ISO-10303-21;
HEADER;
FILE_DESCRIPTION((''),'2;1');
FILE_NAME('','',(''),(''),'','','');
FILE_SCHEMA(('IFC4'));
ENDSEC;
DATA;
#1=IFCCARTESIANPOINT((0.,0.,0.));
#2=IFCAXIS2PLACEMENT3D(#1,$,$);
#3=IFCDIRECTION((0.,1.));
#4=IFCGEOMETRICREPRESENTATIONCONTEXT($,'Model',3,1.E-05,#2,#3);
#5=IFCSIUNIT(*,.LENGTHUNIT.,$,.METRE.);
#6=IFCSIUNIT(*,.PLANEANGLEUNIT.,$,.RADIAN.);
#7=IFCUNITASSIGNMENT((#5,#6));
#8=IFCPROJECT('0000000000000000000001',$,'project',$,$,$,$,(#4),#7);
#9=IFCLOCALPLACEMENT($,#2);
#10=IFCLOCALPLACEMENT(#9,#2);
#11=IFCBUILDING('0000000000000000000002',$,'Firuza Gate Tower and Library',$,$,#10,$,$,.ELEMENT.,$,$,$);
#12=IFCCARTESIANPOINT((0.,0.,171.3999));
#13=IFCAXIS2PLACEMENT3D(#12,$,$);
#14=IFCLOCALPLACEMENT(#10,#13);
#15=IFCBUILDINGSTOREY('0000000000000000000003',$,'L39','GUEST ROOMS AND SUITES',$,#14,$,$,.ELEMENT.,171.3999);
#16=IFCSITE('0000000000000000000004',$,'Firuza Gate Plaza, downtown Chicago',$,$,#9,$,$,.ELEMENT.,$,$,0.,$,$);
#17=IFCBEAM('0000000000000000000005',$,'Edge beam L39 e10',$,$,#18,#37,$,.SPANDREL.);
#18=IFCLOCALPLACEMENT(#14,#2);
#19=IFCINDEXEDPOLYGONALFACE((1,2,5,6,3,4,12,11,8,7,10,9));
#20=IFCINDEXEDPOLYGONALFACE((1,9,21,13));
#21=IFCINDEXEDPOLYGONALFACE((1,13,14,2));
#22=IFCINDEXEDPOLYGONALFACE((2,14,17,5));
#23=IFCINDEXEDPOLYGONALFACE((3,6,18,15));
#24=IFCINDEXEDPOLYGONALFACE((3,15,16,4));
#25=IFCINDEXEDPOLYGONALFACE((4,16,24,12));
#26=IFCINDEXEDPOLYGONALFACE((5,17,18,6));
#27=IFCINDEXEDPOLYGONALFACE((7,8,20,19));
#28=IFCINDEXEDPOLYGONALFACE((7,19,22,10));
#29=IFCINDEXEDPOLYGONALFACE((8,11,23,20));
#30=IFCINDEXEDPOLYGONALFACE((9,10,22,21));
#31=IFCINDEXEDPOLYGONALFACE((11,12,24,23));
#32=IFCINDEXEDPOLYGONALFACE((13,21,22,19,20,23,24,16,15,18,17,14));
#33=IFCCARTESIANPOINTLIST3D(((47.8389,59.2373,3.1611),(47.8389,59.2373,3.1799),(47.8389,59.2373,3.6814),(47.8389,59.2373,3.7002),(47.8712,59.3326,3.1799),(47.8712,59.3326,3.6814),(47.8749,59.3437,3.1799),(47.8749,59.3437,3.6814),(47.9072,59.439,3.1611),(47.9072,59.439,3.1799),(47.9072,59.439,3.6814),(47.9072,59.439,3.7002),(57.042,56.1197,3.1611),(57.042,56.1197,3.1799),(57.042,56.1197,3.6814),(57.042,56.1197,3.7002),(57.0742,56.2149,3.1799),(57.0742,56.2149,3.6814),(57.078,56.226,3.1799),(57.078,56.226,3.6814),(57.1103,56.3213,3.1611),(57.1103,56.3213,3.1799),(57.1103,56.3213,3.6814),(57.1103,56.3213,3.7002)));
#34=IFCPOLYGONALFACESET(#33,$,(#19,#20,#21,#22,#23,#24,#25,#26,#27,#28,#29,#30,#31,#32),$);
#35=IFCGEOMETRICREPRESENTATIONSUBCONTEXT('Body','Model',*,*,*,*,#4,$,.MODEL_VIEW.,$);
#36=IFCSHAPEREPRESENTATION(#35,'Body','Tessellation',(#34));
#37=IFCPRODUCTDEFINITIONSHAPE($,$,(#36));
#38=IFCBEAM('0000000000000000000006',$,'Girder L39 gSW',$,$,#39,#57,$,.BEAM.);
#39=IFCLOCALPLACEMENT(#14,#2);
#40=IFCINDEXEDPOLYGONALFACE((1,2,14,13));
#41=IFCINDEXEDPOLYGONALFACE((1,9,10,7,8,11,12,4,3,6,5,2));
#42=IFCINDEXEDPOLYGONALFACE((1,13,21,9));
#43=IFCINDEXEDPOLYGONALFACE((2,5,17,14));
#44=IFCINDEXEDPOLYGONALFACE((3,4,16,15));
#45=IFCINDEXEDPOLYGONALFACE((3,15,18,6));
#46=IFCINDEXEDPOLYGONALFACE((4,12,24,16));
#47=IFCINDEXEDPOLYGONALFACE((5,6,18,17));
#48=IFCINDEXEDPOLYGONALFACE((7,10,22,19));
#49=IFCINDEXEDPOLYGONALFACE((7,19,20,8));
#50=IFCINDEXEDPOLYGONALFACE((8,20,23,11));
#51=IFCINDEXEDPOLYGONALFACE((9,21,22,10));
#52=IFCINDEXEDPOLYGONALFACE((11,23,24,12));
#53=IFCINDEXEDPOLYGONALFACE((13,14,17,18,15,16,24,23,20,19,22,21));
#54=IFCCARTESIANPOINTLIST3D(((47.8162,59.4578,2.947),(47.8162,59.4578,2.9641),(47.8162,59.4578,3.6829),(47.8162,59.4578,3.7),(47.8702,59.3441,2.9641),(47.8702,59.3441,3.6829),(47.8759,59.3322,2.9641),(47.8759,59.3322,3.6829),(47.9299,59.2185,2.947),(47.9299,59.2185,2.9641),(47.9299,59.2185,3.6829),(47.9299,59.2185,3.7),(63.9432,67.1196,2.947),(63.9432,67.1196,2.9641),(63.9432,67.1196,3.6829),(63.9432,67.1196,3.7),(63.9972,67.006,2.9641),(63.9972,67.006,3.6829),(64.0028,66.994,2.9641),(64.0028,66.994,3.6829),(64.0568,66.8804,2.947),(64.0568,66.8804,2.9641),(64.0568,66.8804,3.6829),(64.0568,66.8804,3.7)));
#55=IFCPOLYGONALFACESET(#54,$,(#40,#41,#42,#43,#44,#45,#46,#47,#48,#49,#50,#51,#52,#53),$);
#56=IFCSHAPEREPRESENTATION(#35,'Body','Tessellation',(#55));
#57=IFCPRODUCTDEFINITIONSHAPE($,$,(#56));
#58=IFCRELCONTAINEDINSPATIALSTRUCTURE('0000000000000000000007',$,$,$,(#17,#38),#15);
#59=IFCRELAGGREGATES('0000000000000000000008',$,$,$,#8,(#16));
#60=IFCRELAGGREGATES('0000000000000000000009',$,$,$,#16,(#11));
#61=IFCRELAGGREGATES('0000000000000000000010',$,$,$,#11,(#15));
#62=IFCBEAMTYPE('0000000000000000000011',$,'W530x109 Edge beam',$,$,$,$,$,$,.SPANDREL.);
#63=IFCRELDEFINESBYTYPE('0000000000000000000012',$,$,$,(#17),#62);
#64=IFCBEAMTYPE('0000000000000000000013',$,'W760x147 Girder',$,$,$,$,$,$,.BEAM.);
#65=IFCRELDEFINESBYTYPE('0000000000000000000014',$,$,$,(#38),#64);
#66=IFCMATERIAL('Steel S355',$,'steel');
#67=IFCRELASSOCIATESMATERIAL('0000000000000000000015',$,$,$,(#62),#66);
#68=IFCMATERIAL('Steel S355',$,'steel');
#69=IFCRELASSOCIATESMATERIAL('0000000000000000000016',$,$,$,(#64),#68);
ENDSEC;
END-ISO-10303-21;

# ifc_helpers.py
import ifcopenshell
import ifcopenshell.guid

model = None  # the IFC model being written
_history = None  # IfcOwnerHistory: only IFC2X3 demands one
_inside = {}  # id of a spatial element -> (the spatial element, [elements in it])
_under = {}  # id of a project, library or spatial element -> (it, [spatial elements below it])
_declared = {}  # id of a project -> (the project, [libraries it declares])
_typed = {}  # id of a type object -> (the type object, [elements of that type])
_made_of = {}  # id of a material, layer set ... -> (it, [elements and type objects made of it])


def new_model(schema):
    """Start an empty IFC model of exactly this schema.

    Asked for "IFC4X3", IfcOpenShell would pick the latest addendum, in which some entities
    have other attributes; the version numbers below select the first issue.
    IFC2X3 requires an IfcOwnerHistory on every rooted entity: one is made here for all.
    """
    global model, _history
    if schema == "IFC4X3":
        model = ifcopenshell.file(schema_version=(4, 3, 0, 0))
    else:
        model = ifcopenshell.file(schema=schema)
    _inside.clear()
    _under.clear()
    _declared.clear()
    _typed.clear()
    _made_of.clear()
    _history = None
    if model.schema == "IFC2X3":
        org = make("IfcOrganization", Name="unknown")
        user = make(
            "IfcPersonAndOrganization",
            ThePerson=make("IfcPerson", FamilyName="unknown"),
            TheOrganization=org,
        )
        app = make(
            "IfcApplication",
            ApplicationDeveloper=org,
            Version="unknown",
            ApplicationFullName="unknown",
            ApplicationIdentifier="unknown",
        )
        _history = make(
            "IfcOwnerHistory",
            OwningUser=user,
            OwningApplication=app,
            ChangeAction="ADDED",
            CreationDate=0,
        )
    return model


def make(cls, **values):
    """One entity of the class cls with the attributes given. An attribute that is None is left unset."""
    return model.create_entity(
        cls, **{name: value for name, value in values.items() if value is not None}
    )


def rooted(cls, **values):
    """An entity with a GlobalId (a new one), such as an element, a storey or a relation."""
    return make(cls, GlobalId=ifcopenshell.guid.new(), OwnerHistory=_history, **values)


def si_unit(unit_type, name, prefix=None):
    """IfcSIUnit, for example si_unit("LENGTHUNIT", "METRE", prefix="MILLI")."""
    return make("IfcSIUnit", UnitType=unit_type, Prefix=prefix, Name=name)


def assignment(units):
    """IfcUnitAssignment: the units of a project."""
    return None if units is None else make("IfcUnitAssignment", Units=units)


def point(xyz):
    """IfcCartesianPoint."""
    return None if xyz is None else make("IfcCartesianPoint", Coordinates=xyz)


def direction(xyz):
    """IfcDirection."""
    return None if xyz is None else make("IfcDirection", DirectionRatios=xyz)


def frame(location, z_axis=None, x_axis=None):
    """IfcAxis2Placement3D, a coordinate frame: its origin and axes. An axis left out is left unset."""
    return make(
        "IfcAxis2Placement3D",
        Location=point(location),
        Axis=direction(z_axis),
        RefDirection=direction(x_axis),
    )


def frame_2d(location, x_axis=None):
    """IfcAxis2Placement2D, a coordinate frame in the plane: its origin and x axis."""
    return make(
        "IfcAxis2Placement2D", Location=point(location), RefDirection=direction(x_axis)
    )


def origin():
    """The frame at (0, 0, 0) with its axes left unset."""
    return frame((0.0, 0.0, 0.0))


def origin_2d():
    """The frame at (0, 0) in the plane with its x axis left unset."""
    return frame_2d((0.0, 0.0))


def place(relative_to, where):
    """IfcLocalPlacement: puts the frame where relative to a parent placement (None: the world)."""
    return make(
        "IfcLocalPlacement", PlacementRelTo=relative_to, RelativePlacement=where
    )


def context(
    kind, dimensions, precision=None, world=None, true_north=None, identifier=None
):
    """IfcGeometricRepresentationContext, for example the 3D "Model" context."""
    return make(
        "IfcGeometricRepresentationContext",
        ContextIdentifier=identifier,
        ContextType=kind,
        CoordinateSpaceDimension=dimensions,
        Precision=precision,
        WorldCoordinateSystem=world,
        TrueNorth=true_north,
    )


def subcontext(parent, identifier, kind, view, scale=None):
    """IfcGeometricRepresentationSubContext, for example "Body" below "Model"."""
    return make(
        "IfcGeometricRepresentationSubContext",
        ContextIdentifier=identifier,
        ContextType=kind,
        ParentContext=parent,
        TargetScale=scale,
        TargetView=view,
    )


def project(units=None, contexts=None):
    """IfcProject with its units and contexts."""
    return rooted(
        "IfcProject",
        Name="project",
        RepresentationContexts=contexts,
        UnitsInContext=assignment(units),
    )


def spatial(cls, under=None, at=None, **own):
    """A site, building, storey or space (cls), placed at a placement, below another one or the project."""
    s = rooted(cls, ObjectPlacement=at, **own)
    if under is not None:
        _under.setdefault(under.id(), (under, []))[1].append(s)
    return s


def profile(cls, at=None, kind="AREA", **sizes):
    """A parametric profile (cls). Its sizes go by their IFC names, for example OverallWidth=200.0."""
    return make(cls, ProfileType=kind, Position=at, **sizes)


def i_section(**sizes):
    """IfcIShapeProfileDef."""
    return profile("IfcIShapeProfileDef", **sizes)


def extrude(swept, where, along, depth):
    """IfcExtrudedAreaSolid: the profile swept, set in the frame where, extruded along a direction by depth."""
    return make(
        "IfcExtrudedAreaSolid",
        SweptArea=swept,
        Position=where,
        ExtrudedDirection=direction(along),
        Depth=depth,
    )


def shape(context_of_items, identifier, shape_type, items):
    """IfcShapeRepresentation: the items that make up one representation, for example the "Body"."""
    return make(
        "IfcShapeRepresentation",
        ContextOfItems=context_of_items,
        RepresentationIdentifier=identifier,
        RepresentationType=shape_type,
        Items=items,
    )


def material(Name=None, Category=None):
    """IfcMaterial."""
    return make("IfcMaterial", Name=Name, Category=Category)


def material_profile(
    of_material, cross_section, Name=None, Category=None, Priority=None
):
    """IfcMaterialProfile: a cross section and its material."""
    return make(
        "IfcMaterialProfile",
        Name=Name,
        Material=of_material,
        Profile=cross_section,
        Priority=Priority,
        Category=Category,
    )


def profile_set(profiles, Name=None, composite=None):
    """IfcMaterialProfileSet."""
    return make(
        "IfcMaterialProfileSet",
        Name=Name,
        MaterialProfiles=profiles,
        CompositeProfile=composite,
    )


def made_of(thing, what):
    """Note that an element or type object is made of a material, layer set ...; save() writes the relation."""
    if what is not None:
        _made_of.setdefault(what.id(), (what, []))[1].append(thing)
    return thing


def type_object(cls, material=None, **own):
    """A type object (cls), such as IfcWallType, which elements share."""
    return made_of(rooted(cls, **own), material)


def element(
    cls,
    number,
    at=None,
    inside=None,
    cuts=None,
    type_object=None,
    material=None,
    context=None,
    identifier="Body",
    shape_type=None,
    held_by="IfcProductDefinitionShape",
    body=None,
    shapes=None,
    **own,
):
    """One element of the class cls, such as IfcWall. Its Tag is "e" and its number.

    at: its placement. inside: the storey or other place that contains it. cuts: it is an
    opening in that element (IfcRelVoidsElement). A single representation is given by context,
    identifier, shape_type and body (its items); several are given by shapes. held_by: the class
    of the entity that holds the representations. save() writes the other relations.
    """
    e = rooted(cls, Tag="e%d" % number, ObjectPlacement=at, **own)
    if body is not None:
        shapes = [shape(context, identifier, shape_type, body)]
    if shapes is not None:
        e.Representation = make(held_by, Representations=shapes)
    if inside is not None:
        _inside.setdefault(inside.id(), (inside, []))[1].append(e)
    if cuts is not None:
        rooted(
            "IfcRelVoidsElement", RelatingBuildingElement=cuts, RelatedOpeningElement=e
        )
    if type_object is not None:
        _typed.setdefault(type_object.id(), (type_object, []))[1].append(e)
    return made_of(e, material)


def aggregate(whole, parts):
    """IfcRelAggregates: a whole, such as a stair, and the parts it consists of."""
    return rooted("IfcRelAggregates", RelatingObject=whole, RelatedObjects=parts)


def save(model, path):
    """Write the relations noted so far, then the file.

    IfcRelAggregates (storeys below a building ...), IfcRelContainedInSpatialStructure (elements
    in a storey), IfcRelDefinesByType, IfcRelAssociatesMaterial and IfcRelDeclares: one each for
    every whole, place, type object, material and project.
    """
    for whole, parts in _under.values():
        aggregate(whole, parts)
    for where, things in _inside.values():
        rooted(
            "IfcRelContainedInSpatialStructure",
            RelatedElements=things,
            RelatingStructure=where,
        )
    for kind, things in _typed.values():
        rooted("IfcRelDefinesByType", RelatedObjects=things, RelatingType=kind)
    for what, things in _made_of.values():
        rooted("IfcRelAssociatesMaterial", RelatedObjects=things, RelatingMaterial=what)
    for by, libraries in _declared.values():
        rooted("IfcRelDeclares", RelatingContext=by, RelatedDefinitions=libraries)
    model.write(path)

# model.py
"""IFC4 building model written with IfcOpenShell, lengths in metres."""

from ifc_helpers import new_model, si_unit, direction, frame, origin, origin_2d, place, context, subcontext, project, spatial, i_section, extrude, material, material_profile, profile_set, type_object, element, save


model = new_model("IFC4")

# Units and contexts
model_context = context("Model", 3, precision=1e-05, world=origin(), true_north=direction((0.0, 1.0)))
body_context = subcontext(model_context, "Body", "Model", "MODEL_VIEW")
ifc_project = project(units=[si_unit("LENGTHUNIT", "METRE"), si_unit("PLANEANGLEUNIT", "RADIAN")], contexts=[model_context])

# Site, building, storey
site_placement = place(None, origin())
site = spatial("IfcSite", under=ifc_project, at=site_placement, Name="Firuza Gate Plaza, downtown Chicago", CompositionType="ELEMENT", RefElevation=0.0)
building_placement = place(site_placement, origin())
building = spatial("IfcBuilding", under=site, at=building_placement, Name="Firuza Gate Tower and Library", CompositionType="ELEMENT")
storey_placement = place(building_placement, frame((0.0, 0.0, 171.3999)))
storey = spatial("IfcBuildingStorey", under=building, at=storey_placement, Name="L39", Description="GUEST ROOMS AND SUITES", CompositionType="ELEMENT", Elevation=171.3999)

# Beams
ifc_material_1 = material(Name="Steel S355", Category="steel")
ifc_material_profile_1 = material_profile(ifc_material_1, i_section(OverallWidth=0.2129, OverallDepth=0.5391, WebThickness=0.0117, FlangeThickness=0.0188, at=origin_2d()))
ifc_profile_set_1 = profile_set([ifc_material_profile_1], Name="Steel S355")
beam_type_1 = type_object("IfcBeamType", Name="W530x109 Edge beam", PredefinedType="SPANDREL", material=ifc_profile_set_1)
beam_1_placement = place(storey_placement, frame((47.873, 59.3381, 3.4307), z_axis=(0.947129, -0.320852, 0.0), x_axis=(0.320852, 0.947129, 0.0)))
element("IfcBeam", 1, at=beam_1_placement, inside=storey, type_object=beam_type_1, Name="Edge beam L39 e10", PredefinedType="SPANDREL", context=body_context, shape_type="SweptSolid", body=[
    extrude(i_section(OverallWidth=0.2129, OverallDepth=0.5391, WebThickness=0.0117, FlangeThickness=0.0188, at=origin_2d()), origin(), (0.0, 0.0, 1.0), 9.7168),
])
ifc_material_2 = material(Name="Steel S355", Category="steel")
ifc_material_profile_2 = material_profile(ifc_material_2, i_section(OverallWidth=0.2649, OverallDepth=0.7529, WebThickness=0.0132, FlangeThickness=0.0171, at=origin_2d()))
ifc_profile_set_2 = profile_set([ifc_material_profile_2], Name="Steel S355")
beam_type_2 = type_object("IfcBeamType", Name="W760x147 Girder", PredefinedType="BEAM", material=ifc_profile_set_2)
beam_2_placement = place(storey_placement, frame((47.873, 59.3381, 3.3235), z_axis=(0.903244, 0.429128, 0.0), x_axis=(-0.429128, 0.903244, 0.0)))
element("IfcBeam", 2, at=beam_2_placement, inside=storey, type_object=beam_type_2, Name="Girder L39 gSW", PredefinedType="BEAM", context=body_context, shape_type="SweptSolid", body=[
    extrude(i_section(OverallWidth=0.2649, OverallDepth=0.7529, WebThickness=0.0132, FlangeThickness=0.0171, at=origin_2d()), origin(), (0.0, 0.0, 1.0), 17.8545),
])

save(model, "model.ifc")
